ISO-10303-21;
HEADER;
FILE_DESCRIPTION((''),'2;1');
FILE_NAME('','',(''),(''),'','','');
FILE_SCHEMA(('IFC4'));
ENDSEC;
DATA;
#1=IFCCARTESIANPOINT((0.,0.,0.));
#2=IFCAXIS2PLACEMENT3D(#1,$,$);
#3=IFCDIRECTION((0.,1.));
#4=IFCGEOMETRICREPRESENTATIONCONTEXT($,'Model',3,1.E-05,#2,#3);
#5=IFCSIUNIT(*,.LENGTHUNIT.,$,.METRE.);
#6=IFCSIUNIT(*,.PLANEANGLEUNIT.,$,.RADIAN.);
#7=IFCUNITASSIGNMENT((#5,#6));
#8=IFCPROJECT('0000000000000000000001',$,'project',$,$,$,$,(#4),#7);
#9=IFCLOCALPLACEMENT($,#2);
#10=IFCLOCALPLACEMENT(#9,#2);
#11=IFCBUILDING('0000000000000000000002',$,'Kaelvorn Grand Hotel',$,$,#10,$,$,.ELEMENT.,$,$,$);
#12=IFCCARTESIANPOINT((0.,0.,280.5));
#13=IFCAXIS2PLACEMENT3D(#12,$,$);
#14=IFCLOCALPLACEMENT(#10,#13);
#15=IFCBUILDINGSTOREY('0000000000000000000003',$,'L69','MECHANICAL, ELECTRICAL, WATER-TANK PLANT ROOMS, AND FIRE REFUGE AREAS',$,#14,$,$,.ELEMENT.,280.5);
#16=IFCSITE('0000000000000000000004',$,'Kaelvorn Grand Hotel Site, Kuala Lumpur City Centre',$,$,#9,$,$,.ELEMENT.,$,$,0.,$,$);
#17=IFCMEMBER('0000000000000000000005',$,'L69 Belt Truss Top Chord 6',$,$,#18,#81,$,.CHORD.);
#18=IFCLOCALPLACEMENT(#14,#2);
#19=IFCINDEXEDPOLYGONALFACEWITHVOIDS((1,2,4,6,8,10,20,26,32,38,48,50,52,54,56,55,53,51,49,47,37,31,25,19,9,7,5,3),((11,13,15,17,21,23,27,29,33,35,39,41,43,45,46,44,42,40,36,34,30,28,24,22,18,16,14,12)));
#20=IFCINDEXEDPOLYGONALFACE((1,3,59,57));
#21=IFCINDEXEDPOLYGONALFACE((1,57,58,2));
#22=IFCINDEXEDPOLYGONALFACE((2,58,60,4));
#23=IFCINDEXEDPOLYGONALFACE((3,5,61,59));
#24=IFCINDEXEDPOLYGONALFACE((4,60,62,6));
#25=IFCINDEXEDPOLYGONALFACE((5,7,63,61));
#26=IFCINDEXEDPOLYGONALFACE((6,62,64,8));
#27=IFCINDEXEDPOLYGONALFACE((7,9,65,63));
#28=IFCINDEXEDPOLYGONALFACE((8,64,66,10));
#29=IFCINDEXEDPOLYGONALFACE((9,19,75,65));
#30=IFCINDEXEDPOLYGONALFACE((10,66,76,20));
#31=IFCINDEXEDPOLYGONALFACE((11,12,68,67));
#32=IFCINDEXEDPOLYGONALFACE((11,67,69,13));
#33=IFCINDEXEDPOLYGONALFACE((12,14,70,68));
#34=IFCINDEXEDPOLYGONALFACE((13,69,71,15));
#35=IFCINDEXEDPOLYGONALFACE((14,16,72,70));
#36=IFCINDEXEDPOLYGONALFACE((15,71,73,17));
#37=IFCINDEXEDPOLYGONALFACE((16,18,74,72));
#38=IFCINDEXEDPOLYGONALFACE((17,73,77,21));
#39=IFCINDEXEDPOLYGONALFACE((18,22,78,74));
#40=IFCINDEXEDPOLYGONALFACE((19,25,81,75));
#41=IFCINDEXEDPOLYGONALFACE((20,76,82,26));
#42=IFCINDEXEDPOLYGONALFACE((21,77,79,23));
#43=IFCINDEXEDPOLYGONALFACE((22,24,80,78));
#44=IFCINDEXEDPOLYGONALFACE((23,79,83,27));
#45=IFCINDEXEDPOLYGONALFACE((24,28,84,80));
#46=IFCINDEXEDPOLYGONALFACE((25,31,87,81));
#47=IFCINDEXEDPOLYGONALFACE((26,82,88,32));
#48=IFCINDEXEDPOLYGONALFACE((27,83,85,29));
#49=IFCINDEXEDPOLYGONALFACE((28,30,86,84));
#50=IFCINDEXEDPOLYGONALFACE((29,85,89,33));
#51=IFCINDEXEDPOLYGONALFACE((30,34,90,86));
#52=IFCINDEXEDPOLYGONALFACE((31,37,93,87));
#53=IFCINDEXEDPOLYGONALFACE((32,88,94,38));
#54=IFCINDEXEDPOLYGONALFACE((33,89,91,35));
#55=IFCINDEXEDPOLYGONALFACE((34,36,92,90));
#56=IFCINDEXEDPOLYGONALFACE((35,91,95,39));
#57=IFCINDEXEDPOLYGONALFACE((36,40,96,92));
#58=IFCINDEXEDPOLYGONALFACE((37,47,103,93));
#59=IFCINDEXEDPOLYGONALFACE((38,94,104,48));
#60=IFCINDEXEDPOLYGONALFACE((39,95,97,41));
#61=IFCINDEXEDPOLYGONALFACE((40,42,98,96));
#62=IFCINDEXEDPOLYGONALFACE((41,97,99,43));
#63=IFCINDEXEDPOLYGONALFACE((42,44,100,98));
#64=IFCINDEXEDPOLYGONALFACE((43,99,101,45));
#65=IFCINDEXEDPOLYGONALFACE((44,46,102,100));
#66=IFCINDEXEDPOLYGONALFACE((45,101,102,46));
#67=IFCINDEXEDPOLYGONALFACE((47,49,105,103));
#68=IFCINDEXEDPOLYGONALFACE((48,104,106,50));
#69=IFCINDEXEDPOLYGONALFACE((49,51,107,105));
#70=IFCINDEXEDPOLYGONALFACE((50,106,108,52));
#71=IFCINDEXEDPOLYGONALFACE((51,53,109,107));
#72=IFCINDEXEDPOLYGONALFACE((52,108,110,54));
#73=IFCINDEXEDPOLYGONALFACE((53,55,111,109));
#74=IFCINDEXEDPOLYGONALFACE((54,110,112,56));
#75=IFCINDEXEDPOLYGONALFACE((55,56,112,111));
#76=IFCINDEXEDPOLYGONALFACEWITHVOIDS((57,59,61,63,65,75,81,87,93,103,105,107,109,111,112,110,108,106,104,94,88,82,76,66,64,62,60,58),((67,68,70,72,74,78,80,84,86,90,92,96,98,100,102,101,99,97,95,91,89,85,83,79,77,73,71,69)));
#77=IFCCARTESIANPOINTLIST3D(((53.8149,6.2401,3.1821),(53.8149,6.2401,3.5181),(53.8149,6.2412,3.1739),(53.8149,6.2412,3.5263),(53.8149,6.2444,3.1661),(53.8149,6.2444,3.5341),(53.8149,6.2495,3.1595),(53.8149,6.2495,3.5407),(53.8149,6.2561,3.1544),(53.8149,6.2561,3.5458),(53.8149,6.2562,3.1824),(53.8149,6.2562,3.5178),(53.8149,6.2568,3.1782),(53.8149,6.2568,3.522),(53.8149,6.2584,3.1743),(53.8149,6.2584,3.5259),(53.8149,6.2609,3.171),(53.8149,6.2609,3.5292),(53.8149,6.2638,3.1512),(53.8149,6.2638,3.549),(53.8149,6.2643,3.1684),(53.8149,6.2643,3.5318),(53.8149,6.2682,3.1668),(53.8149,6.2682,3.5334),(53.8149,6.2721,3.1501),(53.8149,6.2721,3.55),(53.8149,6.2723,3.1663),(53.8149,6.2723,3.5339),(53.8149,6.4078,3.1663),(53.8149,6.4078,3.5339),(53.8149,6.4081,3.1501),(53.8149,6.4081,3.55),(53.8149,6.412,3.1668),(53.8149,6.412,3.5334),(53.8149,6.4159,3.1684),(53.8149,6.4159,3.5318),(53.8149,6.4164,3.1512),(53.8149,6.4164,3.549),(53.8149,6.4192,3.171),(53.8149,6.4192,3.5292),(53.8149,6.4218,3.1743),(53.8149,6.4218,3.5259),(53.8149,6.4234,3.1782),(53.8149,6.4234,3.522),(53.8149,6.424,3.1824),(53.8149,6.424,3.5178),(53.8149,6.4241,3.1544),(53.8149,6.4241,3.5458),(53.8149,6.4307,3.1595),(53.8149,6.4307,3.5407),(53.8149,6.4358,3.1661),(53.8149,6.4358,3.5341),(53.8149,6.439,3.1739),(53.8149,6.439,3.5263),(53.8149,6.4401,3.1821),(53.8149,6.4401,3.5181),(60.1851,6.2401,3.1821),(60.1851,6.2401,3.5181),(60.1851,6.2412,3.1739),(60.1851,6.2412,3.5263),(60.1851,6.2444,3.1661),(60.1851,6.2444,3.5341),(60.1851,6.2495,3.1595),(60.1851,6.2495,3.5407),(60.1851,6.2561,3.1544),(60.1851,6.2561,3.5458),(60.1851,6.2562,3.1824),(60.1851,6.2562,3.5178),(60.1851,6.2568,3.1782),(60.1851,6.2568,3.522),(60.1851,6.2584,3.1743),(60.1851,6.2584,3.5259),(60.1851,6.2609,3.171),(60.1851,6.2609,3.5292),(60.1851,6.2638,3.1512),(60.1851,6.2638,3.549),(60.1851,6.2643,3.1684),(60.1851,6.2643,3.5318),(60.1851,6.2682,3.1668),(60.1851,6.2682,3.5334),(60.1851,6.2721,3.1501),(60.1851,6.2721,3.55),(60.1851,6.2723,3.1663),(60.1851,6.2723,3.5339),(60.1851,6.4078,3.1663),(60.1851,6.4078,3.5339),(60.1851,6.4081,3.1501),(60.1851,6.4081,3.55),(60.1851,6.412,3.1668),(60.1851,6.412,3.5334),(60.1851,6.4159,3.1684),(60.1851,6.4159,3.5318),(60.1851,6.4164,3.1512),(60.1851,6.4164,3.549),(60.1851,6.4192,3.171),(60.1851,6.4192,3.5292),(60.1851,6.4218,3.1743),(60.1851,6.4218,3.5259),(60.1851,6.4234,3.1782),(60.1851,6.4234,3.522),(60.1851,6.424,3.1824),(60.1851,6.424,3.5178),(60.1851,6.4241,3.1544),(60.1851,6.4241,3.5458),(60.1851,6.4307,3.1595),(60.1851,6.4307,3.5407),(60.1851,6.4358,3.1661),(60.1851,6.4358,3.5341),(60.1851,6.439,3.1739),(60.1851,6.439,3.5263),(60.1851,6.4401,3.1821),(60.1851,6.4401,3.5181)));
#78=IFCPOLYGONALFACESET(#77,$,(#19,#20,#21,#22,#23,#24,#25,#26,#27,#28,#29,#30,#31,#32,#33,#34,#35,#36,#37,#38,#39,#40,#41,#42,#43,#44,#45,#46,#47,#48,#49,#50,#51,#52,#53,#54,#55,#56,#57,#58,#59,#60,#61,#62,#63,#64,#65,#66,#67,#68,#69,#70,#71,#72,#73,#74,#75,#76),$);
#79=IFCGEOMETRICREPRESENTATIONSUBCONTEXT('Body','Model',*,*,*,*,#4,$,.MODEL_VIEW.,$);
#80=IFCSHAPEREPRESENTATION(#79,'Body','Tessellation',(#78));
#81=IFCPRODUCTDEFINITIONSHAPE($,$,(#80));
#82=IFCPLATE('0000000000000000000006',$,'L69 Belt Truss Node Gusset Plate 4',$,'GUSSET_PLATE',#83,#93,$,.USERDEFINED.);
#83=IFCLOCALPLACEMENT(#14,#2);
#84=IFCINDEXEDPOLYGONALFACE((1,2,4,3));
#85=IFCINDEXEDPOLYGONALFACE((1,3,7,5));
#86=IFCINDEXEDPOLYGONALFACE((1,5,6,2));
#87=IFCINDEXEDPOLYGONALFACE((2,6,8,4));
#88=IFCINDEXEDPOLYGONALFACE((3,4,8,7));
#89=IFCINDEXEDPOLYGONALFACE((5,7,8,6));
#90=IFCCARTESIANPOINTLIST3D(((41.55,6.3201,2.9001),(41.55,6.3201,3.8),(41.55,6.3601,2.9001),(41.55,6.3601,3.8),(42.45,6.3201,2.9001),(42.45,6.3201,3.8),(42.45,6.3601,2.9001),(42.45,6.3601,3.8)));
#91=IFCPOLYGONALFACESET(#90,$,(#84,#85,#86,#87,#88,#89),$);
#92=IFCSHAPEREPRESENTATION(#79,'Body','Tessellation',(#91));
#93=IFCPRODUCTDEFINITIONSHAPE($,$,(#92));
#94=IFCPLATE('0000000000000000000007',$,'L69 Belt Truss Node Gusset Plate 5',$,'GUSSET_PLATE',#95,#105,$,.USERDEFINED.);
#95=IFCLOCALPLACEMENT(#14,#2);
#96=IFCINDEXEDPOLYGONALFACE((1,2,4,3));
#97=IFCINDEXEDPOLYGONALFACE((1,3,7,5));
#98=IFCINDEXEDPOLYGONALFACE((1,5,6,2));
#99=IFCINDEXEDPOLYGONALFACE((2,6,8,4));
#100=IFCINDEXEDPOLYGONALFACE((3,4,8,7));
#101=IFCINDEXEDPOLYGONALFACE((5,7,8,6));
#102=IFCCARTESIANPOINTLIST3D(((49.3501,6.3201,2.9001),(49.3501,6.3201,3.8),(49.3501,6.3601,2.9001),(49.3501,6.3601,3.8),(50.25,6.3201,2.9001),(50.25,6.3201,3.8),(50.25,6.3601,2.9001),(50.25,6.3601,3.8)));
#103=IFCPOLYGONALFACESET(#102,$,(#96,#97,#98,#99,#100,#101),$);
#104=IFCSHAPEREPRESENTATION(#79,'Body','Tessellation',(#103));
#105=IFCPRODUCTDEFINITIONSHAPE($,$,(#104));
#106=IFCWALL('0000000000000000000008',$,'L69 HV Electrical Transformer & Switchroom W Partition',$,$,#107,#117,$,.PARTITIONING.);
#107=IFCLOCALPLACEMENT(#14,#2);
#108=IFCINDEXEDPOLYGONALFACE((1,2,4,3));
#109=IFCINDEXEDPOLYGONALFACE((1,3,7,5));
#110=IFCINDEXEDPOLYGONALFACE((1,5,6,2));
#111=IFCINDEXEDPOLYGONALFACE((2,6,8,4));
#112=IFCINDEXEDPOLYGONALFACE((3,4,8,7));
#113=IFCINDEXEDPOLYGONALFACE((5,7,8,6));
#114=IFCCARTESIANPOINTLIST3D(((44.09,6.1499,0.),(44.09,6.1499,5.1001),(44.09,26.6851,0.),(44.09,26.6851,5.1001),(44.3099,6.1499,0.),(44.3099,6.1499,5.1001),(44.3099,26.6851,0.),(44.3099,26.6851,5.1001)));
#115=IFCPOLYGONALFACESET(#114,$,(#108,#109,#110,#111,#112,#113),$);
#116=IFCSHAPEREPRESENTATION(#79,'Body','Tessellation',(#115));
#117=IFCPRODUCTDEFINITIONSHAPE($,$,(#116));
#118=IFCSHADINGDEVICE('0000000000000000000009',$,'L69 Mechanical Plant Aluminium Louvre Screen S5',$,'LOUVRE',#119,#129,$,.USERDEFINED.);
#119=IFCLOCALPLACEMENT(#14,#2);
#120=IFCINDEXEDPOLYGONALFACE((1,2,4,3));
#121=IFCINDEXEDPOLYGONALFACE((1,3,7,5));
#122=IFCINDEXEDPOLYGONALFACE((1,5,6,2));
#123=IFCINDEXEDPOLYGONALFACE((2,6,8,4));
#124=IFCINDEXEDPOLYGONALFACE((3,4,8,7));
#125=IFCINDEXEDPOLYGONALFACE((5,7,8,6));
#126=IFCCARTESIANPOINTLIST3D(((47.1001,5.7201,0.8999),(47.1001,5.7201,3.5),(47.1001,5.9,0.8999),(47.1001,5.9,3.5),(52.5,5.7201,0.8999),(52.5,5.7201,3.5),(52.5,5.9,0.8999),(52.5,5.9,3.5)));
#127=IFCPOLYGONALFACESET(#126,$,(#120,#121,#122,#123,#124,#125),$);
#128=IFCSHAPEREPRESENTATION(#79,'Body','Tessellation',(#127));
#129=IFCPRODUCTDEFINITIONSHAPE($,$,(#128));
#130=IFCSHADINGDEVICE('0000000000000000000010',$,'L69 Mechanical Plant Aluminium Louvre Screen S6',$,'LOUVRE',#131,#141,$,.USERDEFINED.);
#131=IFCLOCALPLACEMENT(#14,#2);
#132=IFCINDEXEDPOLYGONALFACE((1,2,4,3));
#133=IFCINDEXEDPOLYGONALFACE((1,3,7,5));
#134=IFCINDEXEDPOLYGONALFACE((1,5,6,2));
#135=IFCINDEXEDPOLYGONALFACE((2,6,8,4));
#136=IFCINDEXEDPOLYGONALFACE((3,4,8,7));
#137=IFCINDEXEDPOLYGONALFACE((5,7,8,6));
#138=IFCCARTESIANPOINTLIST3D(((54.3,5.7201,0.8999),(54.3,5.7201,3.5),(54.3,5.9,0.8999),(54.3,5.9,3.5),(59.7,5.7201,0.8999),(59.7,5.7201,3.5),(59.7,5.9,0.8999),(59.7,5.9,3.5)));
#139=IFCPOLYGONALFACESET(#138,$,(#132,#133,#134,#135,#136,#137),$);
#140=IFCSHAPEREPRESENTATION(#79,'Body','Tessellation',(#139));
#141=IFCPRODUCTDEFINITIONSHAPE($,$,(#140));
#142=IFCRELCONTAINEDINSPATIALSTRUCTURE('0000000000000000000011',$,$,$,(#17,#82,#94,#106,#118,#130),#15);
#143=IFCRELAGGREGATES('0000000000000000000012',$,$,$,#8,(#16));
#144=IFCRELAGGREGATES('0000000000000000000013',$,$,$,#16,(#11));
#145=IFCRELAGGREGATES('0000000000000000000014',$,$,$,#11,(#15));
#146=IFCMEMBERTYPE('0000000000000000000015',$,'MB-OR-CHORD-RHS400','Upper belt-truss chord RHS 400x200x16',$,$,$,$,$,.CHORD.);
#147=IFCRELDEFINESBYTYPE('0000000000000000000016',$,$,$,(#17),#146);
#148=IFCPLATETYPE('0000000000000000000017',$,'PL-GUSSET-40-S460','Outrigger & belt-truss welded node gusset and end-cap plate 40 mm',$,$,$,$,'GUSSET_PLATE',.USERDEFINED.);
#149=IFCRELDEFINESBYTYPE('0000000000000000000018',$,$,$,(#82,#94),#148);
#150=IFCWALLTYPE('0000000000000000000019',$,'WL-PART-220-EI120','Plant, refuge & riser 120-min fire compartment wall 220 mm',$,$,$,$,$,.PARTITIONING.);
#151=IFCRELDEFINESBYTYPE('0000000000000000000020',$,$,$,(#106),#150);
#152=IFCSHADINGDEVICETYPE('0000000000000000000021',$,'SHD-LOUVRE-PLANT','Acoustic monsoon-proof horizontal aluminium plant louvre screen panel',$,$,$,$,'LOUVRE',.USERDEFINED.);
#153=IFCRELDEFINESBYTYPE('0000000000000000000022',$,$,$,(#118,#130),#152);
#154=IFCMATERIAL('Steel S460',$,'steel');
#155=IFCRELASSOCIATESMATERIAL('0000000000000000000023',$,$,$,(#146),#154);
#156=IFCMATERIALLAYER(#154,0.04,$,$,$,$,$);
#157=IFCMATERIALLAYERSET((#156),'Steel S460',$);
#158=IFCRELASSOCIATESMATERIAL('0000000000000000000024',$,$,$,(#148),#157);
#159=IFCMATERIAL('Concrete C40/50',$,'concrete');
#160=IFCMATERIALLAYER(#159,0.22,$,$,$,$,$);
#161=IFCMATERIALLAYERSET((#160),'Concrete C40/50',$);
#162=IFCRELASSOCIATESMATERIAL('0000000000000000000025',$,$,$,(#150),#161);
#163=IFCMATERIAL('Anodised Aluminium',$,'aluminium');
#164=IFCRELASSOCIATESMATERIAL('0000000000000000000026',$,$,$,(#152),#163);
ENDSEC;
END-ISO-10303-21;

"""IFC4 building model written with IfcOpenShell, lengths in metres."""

from ifc_helpers import new_model, si_unit, direction, frame, frame_2d, origin, origin_2d, place, context, subcontext, project, spatial, rectangle, hollow_rectangle, extrude, material, layer, layer_set, material_profile, profile_set, type_object, element, save


model = new_model("IFC4")

# Units and contexts
model_context = context("Model", 3, precision=1e-05, world=origin(), true_north=direction((0.0, 1.0)))
body_context = subcontext(model_context, "Body", "Model", "MODEL_VIEW")
ifc_project = project(units=[si_unit("LENGTHUNIT", "METRE"), si_unit("PLANEANGLEUNIT", "RADIAN")], contexts=[model_context])

# Site, building, storey
site_placement = place(None, origin())
site = spatial("IfcSite", under=ifc_project, at=site_placement, Name="Kaelvorn Grand Hotel Site, Kuala Lumpur City Centre", CompositionType="ELEMENT", RefElevation=0.0)
building_placement = place(site_placement, origin())
building = spatial("IfcBuilding", under=site, at=building_placement, Name="Kaelvorn Grand Hotel", CompositionType="ELEMENT")
storey_placement = place(building_placement, frame((0.0, 0.0, 280.5)))
storey = spatial("IfcBuildingStorey", under=building, at=storey_placement, Name="L69", Description="MECHANICAL, ELECTRICAL, WATER-TANK PLANT ROOMS, AND FIRE REFUGE AREAS", CompositionType="ELEMENT", Elevation=280.5)

# Member
ifc_material_1 = material(Name="Steel S460", Category="steel")
ifc_material_profile_1 = material_profile(ifc_material_1, hollow_rectangle(XDim=0.2, YDim=0.3999, WallThickness=0.0161, InnerFilletRadius=0.0161, OuterFilletRadius=0.032, at=origin_2d()), Name="RHS 400x200x16.0")
ifc_profile_set_1 = profile_set([ifc_material_profile_1], Name="Steel S460")
member_type_1 = type_object("IfcMemberType", Name="MB-OR-CHORD-RHS400", Description="Upper belt-truss chord RHS 400x200x16", PredefinedType="CHORD", material=ifc_profile_set_1)
for number, where, z_axis, x_axis, name in (
    (1, (53.8149, 6.3401, 3.3501), (1.0, 0.0, 0.0), (0.0, 1.0, 0.0), "L69 Belt Truss Top Chord 6"),
):
    element("IfcMember", number, at=place(storey_placement, frame(where, z_axis=z_axis, x_axis=x_axis)), inside=storey, type_object=member_type_1, Name=name, PredefinedType="CHORD", context=body_context, shape_type="SweptSolid", body=[
        extrude(hollow_rectangle(XDim=0.2, YDim=0.3999, WallThickness=0.0161, InnerFilletRadius=0.0161, OuterFilletRadius=0.032, at=origin_2d()), origin(), (0.0, 0.0, 1.0), 6.3701),
    ])

# Plates
ifc_layer_1 = layer(ifc_material_1, 0.04)
ifc_layer_set_1 = layer_set([ifc_layer_1], Name="Steel S460")
plate_type = type_object("IfcPlateType", Name="PL-GUSSET-40-S460", Description="Outrigger & belt-truss welded node gusset and end-cap plate 40 mm", ElementType="GUSSET_PLATE", PredefinedType="USERDEFINED", material=ifc_layer_set_1)
for number, where, z_axis, x_axis, name in (
    (2, (42.0, 6.3401, 2.9001), (0.0, 0.0, 1.0), (1.0, 0.0, 0.0), "L69 Belt Truss Node Gusset Plate 4"),
    (3, (49.8, 6.3401, 2.9001), (0.0, 0.0, 1.0), (1.0, 0.0, 0.0), "L69 Belt Truss Node Gusset Plate 5"),
):
    element("IfcPlate", number, at=place(storey_placement, frame(where, z_axis=z_axis, x_axis=x_axis)), inside=storey, type_object=plate_type, Name=name, ObjectType="GUSSET_PLATE", PredefinedType="USERDEFINED", context=body_context, shape_type="SweptSolid", body=[
        extrude(rectangle(XDim=0.8999, YDim=0.04, at=origin_2d()), origin(), (0.0, 0.0, 1.0), 0.8999),
    ])

# Wall
ifc_material_2 = material(Name="Concrete C40/50", Category="concrete")
ifc_layer_2 = layer(ifc_material_2, 0.22)
ifc_layer_set_2 = layer_set([ifc_layer_2], Name="Concrete C40/50")
wall_type = type_object("IfcWallType", Name="WL-PART-220-EI120", Description="Plant, refuge & riser 120-min fire compartment wall 220 mm", PredefinedType="PARTITIONING", material=ifc_layer_set_2)
wall_placement = place(storey_placement, frame((44.2, 6.1499, 0.0), z_axis=(0.0, 0.0, 1.0), x_axis=(0.0, 1.0, 0.0)))
element("IfcWall", 4, at=wall_placement, inside=storey, type_object=wall_type, Name="L69 HV Electrical Transformer & Switchroom W Partition", PredefinedType="PARTITIONING", context=body_context, shape_type="SweptSolid", body=[
    extrude(rectangle(XDim=20.5352, YDim=0.22, at=frame_2d((10.2676, 0.0))), origin(), (0.0, 0.0, 1.0), 5.1001),
])

# Shading devices
ifc_material_3 = material(Name="Anodised Aluminium", Category="aluminium")
shading_device_type = type_object("IfcShadingDeviceType", Name="SHD-LOUVRE-PLANT", Description="Acoustic monsoon-proof horizontal aluminium plant louvre screen panel", ElementType="LOUVRE", PredefinedType="USERDEFINED", material=ifc_material_3)
for number, where, z_axis, x_axis, name in (
    (5, (49.8, 5.8101, 0.8999), (0.0, 0.0, 1.0), (1.0, 0.0, 0.0), "L69 Mechanical Plant Aluminium Louvre Screen S5"),
    (6, (57.0, 5.8101, 0.8999), (0.0, 0.0, 1.0), (1.0, 0.0, 0.0), "L69 Mechanical Plant Aluminium Louvre Screen S6"),
):
    element("IfcShadingDevice", number, at=place(storey_placement, frame(where, z_axis=z_axis, x_axis=x_axis)), inside=storey, type_object=shading_device_type, Name=name, ObjectType="LOUVRE", PredefinedType="USERDEFINED", context=body_context, shape_type="SweptSolid", body=[
        extrude(rectangle(XDim=5.3999, YDim=0.1799, at=origin_2d()), origin(), (0.0, 0.0, 1.0), 2.6001),
    ])

save(model, "model.ifc")
